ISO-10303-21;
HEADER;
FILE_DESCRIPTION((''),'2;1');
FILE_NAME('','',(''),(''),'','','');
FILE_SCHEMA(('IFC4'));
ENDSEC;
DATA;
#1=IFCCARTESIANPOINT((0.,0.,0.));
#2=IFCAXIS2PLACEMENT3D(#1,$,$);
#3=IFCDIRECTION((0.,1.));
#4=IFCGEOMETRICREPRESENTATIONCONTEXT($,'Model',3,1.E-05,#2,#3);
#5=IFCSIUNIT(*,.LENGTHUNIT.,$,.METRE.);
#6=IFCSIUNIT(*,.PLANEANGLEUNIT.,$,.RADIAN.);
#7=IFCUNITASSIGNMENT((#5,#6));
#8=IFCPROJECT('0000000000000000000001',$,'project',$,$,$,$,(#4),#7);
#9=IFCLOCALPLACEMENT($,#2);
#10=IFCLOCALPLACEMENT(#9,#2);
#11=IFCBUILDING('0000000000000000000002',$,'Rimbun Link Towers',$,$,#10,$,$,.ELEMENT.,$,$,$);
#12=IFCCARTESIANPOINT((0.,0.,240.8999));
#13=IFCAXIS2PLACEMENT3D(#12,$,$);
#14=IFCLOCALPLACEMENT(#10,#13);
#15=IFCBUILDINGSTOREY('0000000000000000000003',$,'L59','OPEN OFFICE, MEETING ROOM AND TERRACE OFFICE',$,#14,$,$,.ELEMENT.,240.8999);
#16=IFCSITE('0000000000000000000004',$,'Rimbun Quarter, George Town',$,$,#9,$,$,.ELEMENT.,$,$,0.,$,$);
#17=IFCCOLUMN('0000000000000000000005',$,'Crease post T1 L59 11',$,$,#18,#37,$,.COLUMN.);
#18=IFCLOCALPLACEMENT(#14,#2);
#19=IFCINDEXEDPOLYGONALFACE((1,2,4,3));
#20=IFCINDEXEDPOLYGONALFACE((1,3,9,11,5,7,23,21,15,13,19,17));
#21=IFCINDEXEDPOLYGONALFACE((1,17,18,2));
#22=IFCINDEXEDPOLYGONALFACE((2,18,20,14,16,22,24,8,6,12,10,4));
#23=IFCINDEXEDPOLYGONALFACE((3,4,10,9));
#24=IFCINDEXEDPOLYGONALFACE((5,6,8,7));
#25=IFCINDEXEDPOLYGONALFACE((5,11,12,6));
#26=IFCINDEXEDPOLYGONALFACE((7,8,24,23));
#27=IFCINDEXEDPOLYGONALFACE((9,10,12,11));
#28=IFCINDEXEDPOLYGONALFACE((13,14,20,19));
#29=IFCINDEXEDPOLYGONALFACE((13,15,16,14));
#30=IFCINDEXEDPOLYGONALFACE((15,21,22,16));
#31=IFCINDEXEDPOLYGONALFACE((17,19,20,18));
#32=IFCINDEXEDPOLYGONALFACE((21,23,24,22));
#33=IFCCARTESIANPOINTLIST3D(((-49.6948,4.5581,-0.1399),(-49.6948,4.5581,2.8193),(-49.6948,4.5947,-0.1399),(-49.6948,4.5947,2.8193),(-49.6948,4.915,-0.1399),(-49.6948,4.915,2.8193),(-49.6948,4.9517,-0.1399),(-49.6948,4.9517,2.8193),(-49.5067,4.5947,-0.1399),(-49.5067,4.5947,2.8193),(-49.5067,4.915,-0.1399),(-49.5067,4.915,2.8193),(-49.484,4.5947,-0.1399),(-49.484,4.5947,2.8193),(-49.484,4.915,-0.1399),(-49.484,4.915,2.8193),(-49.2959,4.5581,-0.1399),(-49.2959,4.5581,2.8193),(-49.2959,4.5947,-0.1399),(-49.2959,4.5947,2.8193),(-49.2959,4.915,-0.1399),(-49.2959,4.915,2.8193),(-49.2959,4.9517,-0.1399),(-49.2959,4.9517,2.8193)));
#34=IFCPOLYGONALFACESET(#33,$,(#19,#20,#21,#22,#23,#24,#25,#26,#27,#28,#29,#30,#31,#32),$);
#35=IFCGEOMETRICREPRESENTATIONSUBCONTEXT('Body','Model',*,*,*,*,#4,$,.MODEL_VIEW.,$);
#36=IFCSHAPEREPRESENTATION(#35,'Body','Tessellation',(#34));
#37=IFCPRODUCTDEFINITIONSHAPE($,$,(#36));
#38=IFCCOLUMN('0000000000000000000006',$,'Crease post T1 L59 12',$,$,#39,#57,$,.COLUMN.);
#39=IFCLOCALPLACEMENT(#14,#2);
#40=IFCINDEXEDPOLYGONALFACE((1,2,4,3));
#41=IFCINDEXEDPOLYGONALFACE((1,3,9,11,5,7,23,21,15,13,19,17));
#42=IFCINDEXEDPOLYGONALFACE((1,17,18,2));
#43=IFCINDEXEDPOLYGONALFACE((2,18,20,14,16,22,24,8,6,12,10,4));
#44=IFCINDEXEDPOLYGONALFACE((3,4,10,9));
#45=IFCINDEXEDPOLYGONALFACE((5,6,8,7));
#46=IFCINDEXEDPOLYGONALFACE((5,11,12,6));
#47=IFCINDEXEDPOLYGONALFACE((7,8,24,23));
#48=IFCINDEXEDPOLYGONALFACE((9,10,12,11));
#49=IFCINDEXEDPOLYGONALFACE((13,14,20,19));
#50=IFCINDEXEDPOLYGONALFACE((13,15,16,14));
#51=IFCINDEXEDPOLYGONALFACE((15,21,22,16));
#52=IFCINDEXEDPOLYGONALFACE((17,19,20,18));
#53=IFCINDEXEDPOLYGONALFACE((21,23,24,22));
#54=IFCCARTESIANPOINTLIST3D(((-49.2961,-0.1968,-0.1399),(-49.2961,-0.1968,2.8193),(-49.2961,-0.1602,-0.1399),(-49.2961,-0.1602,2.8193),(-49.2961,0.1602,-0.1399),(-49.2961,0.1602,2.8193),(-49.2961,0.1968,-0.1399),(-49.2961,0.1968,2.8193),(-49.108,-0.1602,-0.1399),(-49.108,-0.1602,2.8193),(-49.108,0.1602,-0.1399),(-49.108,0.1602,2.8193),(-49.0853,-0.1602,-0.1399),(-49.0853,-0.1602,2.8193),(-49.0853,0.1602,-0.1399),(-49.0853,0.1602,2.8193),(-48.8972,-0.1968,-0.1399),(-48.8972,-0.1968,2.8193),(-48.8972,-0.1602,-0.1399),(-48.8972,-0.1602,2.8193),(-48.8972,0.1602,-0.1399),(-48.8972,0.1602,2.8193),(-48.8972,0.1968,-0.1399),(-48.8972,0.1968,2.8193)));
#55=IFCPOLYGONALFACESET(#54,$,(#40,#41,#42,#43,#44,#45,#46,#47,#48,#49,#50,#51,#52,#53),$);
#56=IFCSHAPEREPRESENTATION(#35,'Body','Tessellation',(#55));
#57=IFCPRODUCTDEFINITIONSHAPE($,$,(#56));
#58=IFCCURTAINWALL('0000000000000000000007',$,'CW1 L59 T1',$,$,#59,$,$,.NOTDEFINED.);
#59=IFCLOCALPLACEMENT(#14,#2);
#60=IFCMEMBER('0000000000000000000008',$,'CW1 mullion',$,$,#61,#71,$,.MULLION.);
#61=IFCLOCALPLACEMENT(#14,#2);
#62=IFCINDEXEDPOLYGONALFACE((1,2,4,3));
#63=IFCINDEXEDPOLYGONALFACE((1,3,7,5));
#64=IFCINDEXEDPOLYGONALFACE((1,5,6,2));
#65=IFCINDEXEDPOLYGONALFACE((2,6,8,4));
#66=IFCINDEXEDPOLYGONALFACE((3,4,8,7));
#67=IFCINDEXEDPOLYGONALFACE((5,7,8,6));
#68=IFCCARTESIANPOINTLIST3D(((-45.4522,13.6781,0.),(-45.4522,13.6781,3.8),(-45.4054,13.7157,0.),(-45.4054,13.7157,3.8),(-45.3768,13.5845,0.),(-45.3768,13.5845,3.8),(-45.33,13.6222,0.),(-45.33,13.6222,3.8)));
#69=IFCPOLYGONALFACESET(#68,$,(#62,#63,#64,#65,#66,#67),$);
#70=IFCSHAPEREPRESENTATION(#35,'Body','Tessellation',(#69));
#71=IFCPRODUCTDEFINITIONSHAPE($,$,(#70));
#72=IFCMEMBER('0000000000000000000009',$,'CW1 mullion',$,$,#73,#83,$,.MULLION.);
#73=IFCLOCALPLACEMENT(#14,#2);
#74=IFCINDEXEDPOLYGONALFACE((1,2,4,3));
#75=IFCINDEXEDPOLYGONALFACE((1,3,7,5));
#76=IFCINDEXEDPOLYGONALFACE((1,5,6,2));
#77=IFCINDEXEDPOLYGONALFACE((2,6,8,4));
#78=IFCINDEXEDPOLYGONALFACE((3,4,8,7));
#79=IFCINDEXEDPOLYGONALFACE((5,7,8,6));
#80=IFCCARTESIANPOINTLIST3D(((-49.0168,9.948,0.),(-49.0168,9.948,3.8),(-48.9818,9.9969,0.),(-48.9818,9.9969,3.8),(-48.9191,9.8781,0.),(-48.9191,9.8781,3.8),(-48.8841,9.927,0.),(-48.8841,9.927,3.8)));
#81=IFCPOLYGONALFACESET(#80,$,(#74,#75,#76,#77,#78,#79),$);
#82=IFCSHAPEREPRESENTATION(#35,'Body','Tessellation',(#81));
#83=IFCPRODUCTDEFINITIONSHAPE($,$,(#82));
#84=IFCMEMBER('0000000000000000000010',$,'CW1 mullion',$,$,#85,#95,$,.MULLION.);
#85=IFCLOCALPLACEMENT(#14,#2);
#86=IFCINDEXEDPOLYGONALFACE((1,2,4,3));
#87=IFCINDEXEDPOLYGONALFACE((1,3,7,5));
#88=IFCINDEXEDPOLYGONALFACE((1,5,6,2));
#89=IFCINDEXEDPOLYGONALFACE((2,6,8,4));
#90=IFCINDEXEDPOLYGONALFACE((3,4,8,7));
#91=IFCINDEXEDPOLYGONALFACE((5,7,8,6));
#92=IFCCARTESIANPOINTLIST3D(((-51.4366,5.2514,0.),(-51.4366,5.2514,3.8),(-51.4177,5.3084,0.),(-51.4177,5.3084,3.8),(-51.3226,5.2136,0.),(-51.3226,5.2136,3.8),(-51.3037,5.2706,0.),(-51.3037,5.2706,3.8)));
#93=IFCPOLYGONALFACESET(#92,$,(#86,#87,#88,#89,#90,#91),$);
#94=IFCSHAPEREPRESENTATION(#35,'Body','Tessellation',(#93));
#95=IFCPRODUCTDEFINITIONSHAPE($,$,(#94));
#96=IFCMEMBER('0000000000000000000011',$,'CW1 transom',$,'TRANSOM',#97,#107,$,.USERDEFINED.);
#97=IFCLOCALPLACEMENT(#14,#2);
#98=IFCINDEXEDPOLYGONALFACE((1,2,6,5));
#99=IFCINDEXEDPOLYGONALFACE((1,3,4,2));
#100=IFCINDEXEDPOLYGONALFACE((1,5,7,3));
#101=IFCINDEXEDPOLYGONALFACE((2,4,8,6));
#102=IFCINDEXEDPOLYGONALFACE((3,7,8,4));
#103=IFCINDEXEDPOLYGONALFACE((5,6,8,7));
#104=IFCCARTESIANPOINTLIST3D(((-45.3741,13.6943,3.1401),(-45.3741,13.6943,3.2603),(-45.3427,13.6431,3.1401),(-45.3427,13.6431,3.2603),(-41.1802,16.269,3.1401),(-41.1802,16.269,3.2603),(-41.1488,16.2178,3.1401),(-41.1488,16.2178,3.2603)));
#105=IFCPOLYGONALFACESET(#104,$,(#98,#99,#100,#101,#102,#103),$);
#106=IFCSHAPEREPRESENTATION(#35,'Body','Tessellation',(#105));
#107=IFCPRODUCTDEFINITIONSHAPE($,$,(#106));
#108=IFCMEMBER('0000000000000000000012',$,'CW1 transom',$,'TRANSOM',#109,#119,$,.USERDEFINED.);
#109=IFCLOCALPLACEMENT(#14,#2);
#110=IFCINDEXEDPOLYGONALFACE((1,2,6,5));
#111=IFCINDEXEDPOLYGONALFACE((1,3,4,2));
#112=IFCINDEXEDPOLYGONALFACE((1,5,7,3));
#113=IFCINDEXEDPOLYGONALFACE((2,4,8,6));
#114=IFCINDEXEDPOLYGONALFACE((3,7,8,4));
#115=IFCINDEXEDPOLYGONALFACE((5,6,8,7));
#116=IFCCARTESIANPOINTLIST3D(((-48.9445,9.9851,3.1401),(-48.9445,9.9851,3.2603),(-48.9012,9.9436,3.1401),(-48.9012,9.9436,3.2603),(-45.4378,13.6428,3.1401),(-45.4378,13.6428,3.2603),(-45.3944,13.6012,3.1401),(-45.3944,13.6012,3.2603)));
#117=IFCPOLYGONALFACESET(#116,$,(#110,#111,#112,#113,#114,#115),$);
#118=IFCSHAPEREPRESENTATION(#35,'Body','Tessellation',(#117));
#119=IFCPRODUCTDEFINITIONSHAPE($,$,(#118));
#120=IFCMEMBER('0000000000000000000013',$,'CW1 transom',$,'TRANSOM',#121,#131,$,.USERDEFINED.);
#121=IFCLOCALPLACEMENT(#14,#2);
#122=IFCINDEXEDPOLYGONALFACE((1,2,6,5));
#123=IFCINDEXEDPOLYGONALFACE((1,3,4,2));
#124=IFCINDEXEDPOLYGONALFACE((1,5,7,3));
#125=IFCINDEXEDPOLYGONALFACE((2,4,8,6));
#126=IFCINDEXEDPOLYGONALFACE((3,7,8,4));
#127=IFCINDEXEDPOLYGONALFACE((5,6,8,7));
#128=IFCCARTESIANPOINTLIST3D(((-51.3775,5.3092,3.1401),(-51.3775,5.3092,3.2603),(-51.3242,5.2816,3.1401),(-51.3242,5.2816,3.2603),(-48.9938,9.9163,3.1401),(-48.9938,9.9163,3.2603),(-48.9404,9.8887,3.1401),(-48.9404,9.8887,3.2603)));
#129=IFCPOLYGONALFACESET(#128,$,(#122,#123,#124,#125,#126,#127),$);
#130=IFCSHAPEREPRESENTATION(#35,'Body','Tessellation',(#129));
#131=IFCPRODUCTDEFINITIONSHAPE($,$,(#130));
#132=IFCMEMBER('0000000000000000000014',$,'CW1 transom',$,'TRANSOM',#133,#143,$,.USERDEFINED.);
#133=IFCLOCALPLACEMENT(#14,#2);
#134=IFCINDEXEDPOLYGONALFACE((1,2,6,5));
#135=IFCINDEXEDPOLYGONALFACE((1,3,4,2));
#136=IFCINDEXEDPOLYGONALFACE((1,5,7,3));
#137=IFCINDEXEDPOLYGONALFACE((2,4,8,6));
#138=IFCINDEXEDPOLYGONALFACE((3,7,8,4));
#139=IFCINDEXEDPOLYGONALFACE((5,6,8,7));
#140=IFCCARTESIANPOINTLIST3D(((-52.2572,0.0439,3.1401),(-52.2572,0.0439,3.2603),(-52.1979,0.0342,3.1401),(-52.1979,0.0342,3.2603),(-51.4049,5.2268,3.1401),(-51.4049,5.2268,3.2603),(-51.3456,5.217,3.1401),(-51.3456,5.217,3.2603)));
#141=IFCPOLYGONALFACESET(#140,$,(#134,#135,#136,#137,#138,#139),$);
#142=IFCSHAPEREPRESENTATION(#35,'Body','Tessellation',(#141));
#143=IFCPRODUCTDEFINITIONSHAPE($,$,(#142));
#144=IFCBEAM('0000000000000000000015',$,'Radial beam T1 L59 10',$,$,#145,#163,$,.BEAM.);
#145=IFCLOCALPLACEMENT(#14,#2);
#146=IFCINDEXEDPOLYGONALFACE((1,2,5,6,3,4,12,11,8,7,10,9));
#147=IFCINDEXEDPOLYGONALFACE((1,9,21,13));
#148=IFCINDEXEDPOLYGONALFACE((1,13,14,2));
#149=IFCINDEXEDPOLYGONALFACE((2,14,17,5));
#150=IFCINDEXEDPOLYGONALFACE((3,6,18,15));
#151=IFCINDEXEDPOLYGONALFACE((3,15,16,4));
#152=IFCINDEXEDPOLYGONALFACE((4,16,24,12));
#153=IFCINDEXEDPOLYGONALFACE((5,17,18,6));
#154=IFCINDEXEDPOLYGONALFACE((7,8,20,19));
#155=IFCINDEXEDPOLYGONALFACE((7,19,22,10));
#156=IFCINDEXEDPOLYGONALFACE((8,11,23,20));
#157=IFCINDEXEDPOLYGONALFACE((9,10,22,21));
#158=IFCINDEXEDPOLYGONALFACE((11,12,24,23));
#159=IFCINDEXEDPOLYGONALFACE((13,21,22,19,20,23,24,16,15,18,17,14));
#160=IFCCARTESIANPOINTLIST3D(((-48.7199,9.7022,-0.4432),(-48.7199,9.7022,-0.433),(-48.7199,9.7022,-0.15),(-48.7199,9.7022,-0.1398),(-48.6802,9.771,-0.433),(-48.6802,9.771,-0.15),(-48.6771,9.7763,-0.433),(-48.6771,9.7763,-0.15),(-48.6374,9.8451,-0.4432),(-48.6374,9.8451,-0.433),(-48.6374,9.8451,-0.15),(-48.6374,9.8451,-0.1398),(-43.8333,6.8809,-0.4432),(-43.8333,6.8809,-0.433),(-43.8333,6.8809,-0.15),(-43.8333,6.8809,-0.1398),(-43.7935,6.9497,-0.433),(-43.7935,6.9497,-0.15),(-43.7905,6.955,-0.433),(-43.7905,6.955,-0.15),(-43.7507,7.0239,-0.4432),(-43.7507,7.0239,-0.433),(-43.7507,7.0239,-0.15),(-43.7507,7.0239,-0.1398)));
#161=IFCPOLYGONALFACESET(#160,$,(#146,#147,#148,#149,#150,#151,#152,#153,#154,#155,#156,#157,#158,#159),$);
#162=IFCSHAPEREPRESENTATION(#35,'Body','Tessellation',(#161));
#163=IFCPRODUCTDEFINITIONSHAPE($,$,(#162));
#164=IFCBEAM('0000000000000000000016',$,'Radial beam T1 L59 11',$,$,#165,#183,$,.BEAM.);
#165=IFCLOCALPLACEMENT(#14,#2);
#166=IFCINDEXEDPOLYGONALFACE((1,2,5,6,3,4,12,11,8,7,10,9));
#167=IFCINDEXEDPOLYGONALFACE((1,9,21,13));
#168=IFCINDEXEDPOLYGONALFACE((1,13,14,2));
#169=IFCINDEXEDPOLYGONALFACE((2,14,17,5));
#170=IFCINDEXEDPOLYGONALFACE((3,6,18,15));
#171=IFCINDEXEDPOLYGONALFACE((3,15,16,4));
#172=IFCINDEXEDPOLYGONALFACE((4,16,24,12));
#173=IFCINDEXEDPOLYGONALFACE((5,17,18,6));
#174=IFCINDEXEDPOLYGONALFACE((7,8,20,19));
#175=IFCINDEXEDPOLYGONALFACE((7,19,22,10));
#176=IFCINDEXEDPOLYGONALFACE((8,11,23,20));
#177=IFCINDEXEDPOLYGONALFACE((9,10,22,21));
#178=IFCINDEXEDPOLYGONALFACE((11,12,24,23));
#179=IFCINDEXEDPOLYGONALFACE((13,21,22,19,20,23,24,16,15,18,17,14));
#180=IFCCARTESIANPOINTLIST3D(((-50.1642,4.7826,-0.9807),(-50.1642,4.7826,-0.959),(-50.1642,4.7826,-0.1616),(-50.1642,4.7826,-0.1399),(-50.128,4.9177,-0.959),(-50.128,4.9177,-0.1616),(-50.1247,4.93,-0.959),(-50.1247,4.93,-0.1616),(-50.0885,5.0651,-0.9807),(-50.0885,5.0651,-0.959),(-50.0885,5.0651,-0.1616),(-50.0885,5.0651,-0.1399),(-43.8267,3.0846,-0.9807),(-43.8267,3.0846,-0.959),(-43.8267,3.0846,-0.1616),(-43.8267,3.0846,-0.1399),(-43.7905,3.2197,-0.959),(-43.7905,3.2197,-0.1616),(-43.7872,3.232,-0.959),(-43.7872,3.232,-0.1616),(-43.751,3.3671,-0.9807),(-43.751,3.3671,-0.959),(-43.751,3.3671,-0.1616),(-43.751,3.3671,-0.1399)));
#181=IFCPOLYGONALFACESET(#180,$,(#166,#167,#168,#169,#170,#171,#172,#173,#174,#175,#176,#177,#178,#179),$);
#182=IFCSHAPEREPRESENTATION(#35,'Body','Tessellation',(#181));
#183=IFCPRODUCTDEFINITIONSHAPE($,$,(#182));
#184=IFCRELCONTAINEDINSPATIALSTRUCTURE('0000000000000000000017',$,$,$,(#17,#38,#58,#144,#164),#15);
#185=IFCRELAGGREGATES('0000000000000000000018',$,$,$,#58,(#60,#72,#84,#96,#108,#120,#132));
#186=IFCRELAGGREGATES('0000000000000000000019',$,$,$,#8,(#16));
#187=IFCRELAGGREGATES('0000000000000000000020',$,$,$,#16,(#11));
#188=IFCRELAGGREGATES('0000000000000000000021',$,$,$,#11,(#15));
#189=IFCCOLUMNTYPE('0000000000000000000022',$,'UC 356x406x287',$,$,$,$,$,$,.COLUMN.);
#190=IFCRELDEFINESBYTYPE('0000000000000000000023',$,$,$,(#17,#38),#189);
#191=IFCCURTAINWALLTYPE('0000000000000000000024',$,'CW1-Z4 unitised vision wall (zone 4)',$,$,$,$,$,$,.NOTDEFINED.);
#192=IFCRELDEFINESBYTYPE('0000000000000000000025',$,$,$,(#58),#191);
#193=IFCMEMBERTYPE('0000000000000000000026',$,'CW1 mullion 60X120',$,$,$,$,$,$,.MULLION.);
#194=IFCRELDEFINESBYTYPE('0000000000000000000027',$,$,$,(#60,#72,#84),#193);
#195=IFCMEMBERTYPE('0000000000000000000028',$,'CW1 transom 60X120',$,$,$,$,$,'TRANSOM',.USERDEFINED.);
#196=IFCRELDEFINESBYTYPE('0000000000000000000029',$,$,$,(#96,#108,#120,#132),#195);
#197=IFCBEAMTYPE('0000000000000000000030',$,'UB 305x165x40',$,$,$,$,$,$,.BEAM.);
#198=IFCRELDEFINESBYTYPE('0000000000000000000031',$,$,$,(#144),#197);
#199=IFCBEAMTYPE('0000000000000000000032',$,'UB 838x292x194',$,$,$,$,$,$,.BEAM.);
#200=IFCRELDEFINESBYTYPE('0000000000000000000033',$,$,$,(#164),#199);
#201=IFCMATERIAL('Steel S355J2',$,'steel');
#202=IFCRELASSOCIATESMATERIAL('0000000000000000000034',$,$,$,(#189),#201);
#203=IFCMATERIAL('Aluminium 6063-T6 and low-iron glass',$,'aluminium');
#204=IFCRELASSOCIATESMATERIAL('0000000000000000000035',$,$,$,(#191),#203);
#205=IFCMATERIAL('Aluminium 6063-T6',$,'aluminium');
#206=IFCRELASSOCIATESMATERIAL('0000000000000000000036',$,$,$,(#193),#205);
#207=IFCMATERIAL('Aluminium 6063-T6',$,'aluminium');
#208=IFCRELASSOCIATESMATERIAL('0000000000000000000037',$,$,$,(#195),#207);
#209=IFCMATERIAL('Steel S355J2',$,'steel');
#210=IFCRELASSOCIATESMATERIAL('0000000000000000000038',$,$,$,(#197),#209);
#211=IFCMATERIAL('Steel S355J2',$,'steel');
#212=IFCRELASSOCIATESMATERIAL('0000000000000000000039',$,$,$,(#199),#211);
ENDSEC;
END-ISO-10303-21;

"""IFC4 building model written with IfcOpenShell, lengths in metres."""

from ifc_helpers import new_model, si_unit, direction, frame, origin, origin_2d, place, context, subcontext, project, spatial, rectangle, i_section, extrude, material, material_profile, profile_set, type_object, element, aggregate, save


model = new_model("IFC4")

# Units and contexts
model_context = context("Model", 3, precision=1e-05, world=origin(), true_north=direction((0.0, 1.0)))
body_context = subcontext(model_context, "Body", "Model", "MODEL_VIEW")
ifc_project = project(units=[si_unit("LENGTHUNIT", "METRE"), si_unit("PLANEANGLEUNIT", "RADIAN")], contexts=[model_context])

# Site, building, storey
site_placement = place(None, origin())
site = spatial("IfcSite", under=ifc_project, at=site_placement, Name="Rimbun Quarter, George Town", CompositionType="ELEMENT", RefElevation=0.0)
building_placement = place(site_placement, origin())
building = spatial("IfcBuilding", under=site, at=building_placement, Name="Rimbun Link Towers", CompositionType="ELEMENT")
storey_placement = place(building_placement, frame((0.0, 0.0, 240.8999)))
storey = spatial("IfcBuildingStorey", under=building, at=storey_placement, Name="L59", Description="OPEN OFFICE, MEETING ROOM AND TERRACE OFFICE", CompositionType="ELEMENT", Elevation=240.8999)

# Columns
ifc_material_1 = material(Name="Steel S355J2", Category="steel")
ifc_material_profile_1 = material_profile(ifc_material_1, i_section(OverallWidth=0.3989, OverallDepth=0.3936, WebThickness=0.0227, FlangeThickness=0.0366, at=origin_2d()), Name="UC 356x406x287")
ifc_profile_set_1 = profile_set([ifc_material_profile_1], Name="Steel S355J2")
column_type = type_object("IfcColumnType", Name="UC 356x406x287", PredefinedType="COLUMN", material=ifc_profile_set_1)
for number, where, z_axis, x_axis, name in (
    (1, (-49.4954, 4.7549, -0.1399), (0.0, 0.0, 1.0), (1.0, 0.0, 0.0), "Crease post T1 L59 11"),
    (2, (-49.0967, 0.0, -0.1399), (0.0, 0.0, 1.0), (1.0, 0.0, 0.0), "Crease post T1 L59 12"),
):
    element("IfcColumn", number, at=place(storey_placement, frame(where, z_axis=z_axis, x_axis=x_axis)), inside=storey, type_object=column_type, Name=name, PredefinedType="COLUMN", context=body_context, shape_type="SweptSolid", body=[
        extrude(i_section(OverallWidth=0.3989, OverallDepth=0.3936, WebThickness=0.0227, FlangeThickness=0.0366, at=origin_2d()), origin(), (0.0, 0.0, 1.0), 2.9592),
    ])

# Curtain wall, members
ifc_material_2 = material(Name="Aluminium 6063-T6 and low-iron glass", Category="aluminium")
curtain_wall_type = type_object("IfcCurtainWallType", Name="CW1-Z4 unitised vision wall (zone 4)", PredefinedType="NOTDEFINED", material=ifc_material_2)
curtain_wall_placement = place(storey_placement, origin())
curtain_wall = element("IfcCurtainWall", 3, at=curtain_wall_placement, inside=storey, type_object=curtain_wall_type, Name="CW1 L59 T1", PredefinedType="NOTDEFINED")
ifc_material_3 = material(Name="Aluminium 6063-T6", Category="aluminium")
ifc_material_profile_2 = material_profile(ifc_material_3, rectangle(XDim=0.1201, YDim=0.0601, at=origin_2d()), Name="MULLION 60X120")
ifc_profile_set_2 = profile_set([ifc_material_profile_2], Name="Aluminium 6063-T6")
member_type_1 = type_object("IfcMemberType", Name="CW1 mullion 60X120", PredefinedType="MULLION", material=ifc_profile_set_2)
member_1_placement = place(storey_placement, frame((-45.3911, 13.6501, 0.0), z_axis=(0.0, 0.0, 1.0), x_axis=(-0.627668, 0.778481, 0.0)))
member_1 = element("IfcMember", 4, at=member_1_placement, type_object=member_type_1, Name="CW1 mullion", PredefinedType="MULLION", context=body_context, shape_type="SweptSolid", body=[
    extrude(rectangle(XDim=0.1201, YDim=0.0601, at=origin_2d()), origin(), (0.0, 0.0, 1.0), 3.8),
])
member_2_placement = place(storey_placement, frame((-48.9504, 9.9375, 0.0), z_axis=(0.0, 0.0, 1.0), x_axis=(-0.813348, 0.581778, 0.0)))
member_2 = element("IfcMember", 5, at=member_2_placement, type_object=member_type_1, Name="CW1 mullion", PredefinedType="MULLION", context=body_context, shape_type="SweptSolid", body=[
    extrude(rectangle(XDim=0.1201, YDim=0.0601, at=origin_2d()), origin(), (0.0, 0.0, 1.0), 3.8),
])
member_3_placement = place(storey_placement, frame((-51.3701, 5.261, 0.0), z_axis=(0.0, 0.0, 1.0), x_axis=(-0.949161, 0.31479, 0.0)))
member_3 = element("IfcMember", 6, at=member_3_placement, type_object=member_type_1, Name="CW1 mullion", PredefinedType="MULLION", context=body_context, shape_type="SweptSolid", body=[
    extrude(rectangle(XDim=0.1201, YDim=0.0601, at=origin_2d()), origin(), (0.0, 0.0, 1.0), 3.8),
])
ifc_material_4 = material(Name="Aluminium 6063-T6", Category="aluminium")
ifc_material_profile_3 = material_profile(ifc_material_4, rectangle(XDim=0.0601, YDim=0.1201, at=origin_2d()), Name="TRANSOM 60X120")
ifc_profile_set_3 = profile_set([ifc_material_profile_3], Name="Aluminium 6063-T6")
member_type_2 = type_object("IfcMemberType", Name="CW1 transom 60X120", ElementType="TRANSOM", PredefinedType="USERDEFINED", material=ifc_profile_set_3)
member_4_placement = place(storey_placement, frame((-45.3584, 13.6687, 3.2002), z_axis=(0.852213, 0.523195, 0.0), x_axis=(-0.523195, 0.852213, 0.0)))
member_4 = element("IfcMember", 7, at=member_4_placement, type_object=member_type_2, Name="CW1 transom", ObjectType="TRANSOM", PredefinedType="USERDEFINED", context=body_context, shape_type="SweptSolid", body=[
    extrude(rectangle(XDim=0.0601, YDim=0.1201, at=origin_2d()), origin(), (0.0, 0.0, 1.0), 4.9211),
])
member_5_placement = place(storey_placement, frame((-48.9229, 9.9644, 3.2002), z_axis=(0.692062, 0.721838, 0.0), x_axis=(-0.721838, 0.692062, 0.0)))
member_5 = element("IfcMember", 8, at=member_5_placement, type_object=member_type_2, Name="CW1 transom", ObjectType="TRANSOM", PredefinedType="USERDEFINED", context=body_context, shape_type="SweptSolid", body=[
    extrude(rectangle(XDim=0.0601, YDim=0.1201, at=origin_2d()), origin(), (0.0, 0.0, 1.0), 5.0671),
])
member_6_placement = place(storey_placement, frame((-51.3508, 5.2954, 3.2002), z_axis=(0.459539, 0.888157, 0.0), x_axis=(-0.888157, 0.459539, 0.0)))
member_6 = element("IfcMember", 9, at=member_6_placement, type_object=member_type_2, Name="CW1 transom", ObjectType="TRANSOM", PredefinedType="USERDEFINED", context=body_context, shape_type="SweptSolid", body=[
    extrude(rectangle(XDim=0.0601, YDim=0.1201, at=origin_2d()), origin(), (0.0, 0.0, 1.0), 5.1873),
])
member_7_placement = place(storey_placement, frame((-52.2275, 0.0391, 3.2002), z_axis=(0.162265, 0.986747, 0.0), x_axis=(-0.986747, 0.162265, 0.0)))
member_7 = element("IfcMember", 10, at=member_7_placement, type_object=member_type_2, Name="CW1 transom", ObjectType="TRANSOM", PredefinedType="USERDEFINED", context=body_context, shape_type="SweptSolid", body=[
    extrude(rectangle(XDim=0.0601, YDim=0.1201, at=origin_2d()), origin(), (0.0, 0.0, 1.0), 5.2524),
])

# Beams
ifc_material_5 = material(Name="Steel S355J2", Category="steel")
ifc_material_profile_4 = material_profile(ifc_material_5, i_section(OverallWidth=0.165, OverallDepth=0.3035, WebThickness=0.0061, FlangeThickness=0.0103, at=origin_2d()), Name="UB 305x165x40")
ifc_profile_set_4 = profile_set([ifc_material_profile_4], Name="Steel S355J2")
beam_type_1 = type_object("IfcBeamType", Name="UB 305x165x40", PredefinedType="BEAM", material=ifc_profile_set_4)
beam_1_placement = place(storey_placement, frame((-43.792, 6.9524, -0.2915), z_axis=(-0.86603, 0.499992, 0.0), x_axis=(-0.499992, -0.86603, 0.0)))
element("IfcBeam", 11, at=beam_1_placement, inside=storey, type_object=beam_type_1, Name="Radial beam T1 L59 10", PredefinedType="BEAM", context=body_context, shape_type="SweptSolid", body=[
    extrude(i_section(OverallWidth=0.165, OverallDepth=0.3035, WebThickness=0.0061, FlangeThickness=0.0103, at=origin_2d()), origin(), (0.0, 0.0, 1.0), 5.6426),
])
ifc_material_6 = material(Name="Steel S355J2", Category="steel")
ifc_material_profile_5 = material_profile(ifc_material_6, i_section(OverallWidth=0.2925, OverallDepth=0.8408, WebThickness=0.0127, FlangeThickness=0.0217, at=origin_2d()), Name="UB 838x292x194")
ifc_profile_set_5 = profile_set([ifc_material_profile_5], Name="Steel S355J2")
beam_type_2 = type_object("IfcBeamType", Name="UB 838x292x194", PredefinedType="BEAM", material=ifc_profile_set_5)
beam_2_placement = place(storey_placement, frame((-43.7888, 3.2258, -0.5603), z_axis=(-0.96593, 0.258804, 0.0), x_axis=(-0.258804, -0.96593, 0.0)))
element("IfcBeam", 12, at=beam_2_placement, inside=storey, type_object=beam_type_2, Name="Radial beam T1 L59 11", PredefinedType="BEAM", context=body_context, shape_type="SweptSolid", body=[
    extrude(i_section(OverallWidth=0.2925, OverallDepth=0.8408, WebThickness=0.0127, FlangeThickness=0.0217, at=origin_2d()), origin(), (0.0, 0.0, 1.0), 6.561),
])

aggregate(curtain_wall, [member_1, member_2, member_3, member_4, member_5, member_6, member_7])

save(model, "model.ifc")
